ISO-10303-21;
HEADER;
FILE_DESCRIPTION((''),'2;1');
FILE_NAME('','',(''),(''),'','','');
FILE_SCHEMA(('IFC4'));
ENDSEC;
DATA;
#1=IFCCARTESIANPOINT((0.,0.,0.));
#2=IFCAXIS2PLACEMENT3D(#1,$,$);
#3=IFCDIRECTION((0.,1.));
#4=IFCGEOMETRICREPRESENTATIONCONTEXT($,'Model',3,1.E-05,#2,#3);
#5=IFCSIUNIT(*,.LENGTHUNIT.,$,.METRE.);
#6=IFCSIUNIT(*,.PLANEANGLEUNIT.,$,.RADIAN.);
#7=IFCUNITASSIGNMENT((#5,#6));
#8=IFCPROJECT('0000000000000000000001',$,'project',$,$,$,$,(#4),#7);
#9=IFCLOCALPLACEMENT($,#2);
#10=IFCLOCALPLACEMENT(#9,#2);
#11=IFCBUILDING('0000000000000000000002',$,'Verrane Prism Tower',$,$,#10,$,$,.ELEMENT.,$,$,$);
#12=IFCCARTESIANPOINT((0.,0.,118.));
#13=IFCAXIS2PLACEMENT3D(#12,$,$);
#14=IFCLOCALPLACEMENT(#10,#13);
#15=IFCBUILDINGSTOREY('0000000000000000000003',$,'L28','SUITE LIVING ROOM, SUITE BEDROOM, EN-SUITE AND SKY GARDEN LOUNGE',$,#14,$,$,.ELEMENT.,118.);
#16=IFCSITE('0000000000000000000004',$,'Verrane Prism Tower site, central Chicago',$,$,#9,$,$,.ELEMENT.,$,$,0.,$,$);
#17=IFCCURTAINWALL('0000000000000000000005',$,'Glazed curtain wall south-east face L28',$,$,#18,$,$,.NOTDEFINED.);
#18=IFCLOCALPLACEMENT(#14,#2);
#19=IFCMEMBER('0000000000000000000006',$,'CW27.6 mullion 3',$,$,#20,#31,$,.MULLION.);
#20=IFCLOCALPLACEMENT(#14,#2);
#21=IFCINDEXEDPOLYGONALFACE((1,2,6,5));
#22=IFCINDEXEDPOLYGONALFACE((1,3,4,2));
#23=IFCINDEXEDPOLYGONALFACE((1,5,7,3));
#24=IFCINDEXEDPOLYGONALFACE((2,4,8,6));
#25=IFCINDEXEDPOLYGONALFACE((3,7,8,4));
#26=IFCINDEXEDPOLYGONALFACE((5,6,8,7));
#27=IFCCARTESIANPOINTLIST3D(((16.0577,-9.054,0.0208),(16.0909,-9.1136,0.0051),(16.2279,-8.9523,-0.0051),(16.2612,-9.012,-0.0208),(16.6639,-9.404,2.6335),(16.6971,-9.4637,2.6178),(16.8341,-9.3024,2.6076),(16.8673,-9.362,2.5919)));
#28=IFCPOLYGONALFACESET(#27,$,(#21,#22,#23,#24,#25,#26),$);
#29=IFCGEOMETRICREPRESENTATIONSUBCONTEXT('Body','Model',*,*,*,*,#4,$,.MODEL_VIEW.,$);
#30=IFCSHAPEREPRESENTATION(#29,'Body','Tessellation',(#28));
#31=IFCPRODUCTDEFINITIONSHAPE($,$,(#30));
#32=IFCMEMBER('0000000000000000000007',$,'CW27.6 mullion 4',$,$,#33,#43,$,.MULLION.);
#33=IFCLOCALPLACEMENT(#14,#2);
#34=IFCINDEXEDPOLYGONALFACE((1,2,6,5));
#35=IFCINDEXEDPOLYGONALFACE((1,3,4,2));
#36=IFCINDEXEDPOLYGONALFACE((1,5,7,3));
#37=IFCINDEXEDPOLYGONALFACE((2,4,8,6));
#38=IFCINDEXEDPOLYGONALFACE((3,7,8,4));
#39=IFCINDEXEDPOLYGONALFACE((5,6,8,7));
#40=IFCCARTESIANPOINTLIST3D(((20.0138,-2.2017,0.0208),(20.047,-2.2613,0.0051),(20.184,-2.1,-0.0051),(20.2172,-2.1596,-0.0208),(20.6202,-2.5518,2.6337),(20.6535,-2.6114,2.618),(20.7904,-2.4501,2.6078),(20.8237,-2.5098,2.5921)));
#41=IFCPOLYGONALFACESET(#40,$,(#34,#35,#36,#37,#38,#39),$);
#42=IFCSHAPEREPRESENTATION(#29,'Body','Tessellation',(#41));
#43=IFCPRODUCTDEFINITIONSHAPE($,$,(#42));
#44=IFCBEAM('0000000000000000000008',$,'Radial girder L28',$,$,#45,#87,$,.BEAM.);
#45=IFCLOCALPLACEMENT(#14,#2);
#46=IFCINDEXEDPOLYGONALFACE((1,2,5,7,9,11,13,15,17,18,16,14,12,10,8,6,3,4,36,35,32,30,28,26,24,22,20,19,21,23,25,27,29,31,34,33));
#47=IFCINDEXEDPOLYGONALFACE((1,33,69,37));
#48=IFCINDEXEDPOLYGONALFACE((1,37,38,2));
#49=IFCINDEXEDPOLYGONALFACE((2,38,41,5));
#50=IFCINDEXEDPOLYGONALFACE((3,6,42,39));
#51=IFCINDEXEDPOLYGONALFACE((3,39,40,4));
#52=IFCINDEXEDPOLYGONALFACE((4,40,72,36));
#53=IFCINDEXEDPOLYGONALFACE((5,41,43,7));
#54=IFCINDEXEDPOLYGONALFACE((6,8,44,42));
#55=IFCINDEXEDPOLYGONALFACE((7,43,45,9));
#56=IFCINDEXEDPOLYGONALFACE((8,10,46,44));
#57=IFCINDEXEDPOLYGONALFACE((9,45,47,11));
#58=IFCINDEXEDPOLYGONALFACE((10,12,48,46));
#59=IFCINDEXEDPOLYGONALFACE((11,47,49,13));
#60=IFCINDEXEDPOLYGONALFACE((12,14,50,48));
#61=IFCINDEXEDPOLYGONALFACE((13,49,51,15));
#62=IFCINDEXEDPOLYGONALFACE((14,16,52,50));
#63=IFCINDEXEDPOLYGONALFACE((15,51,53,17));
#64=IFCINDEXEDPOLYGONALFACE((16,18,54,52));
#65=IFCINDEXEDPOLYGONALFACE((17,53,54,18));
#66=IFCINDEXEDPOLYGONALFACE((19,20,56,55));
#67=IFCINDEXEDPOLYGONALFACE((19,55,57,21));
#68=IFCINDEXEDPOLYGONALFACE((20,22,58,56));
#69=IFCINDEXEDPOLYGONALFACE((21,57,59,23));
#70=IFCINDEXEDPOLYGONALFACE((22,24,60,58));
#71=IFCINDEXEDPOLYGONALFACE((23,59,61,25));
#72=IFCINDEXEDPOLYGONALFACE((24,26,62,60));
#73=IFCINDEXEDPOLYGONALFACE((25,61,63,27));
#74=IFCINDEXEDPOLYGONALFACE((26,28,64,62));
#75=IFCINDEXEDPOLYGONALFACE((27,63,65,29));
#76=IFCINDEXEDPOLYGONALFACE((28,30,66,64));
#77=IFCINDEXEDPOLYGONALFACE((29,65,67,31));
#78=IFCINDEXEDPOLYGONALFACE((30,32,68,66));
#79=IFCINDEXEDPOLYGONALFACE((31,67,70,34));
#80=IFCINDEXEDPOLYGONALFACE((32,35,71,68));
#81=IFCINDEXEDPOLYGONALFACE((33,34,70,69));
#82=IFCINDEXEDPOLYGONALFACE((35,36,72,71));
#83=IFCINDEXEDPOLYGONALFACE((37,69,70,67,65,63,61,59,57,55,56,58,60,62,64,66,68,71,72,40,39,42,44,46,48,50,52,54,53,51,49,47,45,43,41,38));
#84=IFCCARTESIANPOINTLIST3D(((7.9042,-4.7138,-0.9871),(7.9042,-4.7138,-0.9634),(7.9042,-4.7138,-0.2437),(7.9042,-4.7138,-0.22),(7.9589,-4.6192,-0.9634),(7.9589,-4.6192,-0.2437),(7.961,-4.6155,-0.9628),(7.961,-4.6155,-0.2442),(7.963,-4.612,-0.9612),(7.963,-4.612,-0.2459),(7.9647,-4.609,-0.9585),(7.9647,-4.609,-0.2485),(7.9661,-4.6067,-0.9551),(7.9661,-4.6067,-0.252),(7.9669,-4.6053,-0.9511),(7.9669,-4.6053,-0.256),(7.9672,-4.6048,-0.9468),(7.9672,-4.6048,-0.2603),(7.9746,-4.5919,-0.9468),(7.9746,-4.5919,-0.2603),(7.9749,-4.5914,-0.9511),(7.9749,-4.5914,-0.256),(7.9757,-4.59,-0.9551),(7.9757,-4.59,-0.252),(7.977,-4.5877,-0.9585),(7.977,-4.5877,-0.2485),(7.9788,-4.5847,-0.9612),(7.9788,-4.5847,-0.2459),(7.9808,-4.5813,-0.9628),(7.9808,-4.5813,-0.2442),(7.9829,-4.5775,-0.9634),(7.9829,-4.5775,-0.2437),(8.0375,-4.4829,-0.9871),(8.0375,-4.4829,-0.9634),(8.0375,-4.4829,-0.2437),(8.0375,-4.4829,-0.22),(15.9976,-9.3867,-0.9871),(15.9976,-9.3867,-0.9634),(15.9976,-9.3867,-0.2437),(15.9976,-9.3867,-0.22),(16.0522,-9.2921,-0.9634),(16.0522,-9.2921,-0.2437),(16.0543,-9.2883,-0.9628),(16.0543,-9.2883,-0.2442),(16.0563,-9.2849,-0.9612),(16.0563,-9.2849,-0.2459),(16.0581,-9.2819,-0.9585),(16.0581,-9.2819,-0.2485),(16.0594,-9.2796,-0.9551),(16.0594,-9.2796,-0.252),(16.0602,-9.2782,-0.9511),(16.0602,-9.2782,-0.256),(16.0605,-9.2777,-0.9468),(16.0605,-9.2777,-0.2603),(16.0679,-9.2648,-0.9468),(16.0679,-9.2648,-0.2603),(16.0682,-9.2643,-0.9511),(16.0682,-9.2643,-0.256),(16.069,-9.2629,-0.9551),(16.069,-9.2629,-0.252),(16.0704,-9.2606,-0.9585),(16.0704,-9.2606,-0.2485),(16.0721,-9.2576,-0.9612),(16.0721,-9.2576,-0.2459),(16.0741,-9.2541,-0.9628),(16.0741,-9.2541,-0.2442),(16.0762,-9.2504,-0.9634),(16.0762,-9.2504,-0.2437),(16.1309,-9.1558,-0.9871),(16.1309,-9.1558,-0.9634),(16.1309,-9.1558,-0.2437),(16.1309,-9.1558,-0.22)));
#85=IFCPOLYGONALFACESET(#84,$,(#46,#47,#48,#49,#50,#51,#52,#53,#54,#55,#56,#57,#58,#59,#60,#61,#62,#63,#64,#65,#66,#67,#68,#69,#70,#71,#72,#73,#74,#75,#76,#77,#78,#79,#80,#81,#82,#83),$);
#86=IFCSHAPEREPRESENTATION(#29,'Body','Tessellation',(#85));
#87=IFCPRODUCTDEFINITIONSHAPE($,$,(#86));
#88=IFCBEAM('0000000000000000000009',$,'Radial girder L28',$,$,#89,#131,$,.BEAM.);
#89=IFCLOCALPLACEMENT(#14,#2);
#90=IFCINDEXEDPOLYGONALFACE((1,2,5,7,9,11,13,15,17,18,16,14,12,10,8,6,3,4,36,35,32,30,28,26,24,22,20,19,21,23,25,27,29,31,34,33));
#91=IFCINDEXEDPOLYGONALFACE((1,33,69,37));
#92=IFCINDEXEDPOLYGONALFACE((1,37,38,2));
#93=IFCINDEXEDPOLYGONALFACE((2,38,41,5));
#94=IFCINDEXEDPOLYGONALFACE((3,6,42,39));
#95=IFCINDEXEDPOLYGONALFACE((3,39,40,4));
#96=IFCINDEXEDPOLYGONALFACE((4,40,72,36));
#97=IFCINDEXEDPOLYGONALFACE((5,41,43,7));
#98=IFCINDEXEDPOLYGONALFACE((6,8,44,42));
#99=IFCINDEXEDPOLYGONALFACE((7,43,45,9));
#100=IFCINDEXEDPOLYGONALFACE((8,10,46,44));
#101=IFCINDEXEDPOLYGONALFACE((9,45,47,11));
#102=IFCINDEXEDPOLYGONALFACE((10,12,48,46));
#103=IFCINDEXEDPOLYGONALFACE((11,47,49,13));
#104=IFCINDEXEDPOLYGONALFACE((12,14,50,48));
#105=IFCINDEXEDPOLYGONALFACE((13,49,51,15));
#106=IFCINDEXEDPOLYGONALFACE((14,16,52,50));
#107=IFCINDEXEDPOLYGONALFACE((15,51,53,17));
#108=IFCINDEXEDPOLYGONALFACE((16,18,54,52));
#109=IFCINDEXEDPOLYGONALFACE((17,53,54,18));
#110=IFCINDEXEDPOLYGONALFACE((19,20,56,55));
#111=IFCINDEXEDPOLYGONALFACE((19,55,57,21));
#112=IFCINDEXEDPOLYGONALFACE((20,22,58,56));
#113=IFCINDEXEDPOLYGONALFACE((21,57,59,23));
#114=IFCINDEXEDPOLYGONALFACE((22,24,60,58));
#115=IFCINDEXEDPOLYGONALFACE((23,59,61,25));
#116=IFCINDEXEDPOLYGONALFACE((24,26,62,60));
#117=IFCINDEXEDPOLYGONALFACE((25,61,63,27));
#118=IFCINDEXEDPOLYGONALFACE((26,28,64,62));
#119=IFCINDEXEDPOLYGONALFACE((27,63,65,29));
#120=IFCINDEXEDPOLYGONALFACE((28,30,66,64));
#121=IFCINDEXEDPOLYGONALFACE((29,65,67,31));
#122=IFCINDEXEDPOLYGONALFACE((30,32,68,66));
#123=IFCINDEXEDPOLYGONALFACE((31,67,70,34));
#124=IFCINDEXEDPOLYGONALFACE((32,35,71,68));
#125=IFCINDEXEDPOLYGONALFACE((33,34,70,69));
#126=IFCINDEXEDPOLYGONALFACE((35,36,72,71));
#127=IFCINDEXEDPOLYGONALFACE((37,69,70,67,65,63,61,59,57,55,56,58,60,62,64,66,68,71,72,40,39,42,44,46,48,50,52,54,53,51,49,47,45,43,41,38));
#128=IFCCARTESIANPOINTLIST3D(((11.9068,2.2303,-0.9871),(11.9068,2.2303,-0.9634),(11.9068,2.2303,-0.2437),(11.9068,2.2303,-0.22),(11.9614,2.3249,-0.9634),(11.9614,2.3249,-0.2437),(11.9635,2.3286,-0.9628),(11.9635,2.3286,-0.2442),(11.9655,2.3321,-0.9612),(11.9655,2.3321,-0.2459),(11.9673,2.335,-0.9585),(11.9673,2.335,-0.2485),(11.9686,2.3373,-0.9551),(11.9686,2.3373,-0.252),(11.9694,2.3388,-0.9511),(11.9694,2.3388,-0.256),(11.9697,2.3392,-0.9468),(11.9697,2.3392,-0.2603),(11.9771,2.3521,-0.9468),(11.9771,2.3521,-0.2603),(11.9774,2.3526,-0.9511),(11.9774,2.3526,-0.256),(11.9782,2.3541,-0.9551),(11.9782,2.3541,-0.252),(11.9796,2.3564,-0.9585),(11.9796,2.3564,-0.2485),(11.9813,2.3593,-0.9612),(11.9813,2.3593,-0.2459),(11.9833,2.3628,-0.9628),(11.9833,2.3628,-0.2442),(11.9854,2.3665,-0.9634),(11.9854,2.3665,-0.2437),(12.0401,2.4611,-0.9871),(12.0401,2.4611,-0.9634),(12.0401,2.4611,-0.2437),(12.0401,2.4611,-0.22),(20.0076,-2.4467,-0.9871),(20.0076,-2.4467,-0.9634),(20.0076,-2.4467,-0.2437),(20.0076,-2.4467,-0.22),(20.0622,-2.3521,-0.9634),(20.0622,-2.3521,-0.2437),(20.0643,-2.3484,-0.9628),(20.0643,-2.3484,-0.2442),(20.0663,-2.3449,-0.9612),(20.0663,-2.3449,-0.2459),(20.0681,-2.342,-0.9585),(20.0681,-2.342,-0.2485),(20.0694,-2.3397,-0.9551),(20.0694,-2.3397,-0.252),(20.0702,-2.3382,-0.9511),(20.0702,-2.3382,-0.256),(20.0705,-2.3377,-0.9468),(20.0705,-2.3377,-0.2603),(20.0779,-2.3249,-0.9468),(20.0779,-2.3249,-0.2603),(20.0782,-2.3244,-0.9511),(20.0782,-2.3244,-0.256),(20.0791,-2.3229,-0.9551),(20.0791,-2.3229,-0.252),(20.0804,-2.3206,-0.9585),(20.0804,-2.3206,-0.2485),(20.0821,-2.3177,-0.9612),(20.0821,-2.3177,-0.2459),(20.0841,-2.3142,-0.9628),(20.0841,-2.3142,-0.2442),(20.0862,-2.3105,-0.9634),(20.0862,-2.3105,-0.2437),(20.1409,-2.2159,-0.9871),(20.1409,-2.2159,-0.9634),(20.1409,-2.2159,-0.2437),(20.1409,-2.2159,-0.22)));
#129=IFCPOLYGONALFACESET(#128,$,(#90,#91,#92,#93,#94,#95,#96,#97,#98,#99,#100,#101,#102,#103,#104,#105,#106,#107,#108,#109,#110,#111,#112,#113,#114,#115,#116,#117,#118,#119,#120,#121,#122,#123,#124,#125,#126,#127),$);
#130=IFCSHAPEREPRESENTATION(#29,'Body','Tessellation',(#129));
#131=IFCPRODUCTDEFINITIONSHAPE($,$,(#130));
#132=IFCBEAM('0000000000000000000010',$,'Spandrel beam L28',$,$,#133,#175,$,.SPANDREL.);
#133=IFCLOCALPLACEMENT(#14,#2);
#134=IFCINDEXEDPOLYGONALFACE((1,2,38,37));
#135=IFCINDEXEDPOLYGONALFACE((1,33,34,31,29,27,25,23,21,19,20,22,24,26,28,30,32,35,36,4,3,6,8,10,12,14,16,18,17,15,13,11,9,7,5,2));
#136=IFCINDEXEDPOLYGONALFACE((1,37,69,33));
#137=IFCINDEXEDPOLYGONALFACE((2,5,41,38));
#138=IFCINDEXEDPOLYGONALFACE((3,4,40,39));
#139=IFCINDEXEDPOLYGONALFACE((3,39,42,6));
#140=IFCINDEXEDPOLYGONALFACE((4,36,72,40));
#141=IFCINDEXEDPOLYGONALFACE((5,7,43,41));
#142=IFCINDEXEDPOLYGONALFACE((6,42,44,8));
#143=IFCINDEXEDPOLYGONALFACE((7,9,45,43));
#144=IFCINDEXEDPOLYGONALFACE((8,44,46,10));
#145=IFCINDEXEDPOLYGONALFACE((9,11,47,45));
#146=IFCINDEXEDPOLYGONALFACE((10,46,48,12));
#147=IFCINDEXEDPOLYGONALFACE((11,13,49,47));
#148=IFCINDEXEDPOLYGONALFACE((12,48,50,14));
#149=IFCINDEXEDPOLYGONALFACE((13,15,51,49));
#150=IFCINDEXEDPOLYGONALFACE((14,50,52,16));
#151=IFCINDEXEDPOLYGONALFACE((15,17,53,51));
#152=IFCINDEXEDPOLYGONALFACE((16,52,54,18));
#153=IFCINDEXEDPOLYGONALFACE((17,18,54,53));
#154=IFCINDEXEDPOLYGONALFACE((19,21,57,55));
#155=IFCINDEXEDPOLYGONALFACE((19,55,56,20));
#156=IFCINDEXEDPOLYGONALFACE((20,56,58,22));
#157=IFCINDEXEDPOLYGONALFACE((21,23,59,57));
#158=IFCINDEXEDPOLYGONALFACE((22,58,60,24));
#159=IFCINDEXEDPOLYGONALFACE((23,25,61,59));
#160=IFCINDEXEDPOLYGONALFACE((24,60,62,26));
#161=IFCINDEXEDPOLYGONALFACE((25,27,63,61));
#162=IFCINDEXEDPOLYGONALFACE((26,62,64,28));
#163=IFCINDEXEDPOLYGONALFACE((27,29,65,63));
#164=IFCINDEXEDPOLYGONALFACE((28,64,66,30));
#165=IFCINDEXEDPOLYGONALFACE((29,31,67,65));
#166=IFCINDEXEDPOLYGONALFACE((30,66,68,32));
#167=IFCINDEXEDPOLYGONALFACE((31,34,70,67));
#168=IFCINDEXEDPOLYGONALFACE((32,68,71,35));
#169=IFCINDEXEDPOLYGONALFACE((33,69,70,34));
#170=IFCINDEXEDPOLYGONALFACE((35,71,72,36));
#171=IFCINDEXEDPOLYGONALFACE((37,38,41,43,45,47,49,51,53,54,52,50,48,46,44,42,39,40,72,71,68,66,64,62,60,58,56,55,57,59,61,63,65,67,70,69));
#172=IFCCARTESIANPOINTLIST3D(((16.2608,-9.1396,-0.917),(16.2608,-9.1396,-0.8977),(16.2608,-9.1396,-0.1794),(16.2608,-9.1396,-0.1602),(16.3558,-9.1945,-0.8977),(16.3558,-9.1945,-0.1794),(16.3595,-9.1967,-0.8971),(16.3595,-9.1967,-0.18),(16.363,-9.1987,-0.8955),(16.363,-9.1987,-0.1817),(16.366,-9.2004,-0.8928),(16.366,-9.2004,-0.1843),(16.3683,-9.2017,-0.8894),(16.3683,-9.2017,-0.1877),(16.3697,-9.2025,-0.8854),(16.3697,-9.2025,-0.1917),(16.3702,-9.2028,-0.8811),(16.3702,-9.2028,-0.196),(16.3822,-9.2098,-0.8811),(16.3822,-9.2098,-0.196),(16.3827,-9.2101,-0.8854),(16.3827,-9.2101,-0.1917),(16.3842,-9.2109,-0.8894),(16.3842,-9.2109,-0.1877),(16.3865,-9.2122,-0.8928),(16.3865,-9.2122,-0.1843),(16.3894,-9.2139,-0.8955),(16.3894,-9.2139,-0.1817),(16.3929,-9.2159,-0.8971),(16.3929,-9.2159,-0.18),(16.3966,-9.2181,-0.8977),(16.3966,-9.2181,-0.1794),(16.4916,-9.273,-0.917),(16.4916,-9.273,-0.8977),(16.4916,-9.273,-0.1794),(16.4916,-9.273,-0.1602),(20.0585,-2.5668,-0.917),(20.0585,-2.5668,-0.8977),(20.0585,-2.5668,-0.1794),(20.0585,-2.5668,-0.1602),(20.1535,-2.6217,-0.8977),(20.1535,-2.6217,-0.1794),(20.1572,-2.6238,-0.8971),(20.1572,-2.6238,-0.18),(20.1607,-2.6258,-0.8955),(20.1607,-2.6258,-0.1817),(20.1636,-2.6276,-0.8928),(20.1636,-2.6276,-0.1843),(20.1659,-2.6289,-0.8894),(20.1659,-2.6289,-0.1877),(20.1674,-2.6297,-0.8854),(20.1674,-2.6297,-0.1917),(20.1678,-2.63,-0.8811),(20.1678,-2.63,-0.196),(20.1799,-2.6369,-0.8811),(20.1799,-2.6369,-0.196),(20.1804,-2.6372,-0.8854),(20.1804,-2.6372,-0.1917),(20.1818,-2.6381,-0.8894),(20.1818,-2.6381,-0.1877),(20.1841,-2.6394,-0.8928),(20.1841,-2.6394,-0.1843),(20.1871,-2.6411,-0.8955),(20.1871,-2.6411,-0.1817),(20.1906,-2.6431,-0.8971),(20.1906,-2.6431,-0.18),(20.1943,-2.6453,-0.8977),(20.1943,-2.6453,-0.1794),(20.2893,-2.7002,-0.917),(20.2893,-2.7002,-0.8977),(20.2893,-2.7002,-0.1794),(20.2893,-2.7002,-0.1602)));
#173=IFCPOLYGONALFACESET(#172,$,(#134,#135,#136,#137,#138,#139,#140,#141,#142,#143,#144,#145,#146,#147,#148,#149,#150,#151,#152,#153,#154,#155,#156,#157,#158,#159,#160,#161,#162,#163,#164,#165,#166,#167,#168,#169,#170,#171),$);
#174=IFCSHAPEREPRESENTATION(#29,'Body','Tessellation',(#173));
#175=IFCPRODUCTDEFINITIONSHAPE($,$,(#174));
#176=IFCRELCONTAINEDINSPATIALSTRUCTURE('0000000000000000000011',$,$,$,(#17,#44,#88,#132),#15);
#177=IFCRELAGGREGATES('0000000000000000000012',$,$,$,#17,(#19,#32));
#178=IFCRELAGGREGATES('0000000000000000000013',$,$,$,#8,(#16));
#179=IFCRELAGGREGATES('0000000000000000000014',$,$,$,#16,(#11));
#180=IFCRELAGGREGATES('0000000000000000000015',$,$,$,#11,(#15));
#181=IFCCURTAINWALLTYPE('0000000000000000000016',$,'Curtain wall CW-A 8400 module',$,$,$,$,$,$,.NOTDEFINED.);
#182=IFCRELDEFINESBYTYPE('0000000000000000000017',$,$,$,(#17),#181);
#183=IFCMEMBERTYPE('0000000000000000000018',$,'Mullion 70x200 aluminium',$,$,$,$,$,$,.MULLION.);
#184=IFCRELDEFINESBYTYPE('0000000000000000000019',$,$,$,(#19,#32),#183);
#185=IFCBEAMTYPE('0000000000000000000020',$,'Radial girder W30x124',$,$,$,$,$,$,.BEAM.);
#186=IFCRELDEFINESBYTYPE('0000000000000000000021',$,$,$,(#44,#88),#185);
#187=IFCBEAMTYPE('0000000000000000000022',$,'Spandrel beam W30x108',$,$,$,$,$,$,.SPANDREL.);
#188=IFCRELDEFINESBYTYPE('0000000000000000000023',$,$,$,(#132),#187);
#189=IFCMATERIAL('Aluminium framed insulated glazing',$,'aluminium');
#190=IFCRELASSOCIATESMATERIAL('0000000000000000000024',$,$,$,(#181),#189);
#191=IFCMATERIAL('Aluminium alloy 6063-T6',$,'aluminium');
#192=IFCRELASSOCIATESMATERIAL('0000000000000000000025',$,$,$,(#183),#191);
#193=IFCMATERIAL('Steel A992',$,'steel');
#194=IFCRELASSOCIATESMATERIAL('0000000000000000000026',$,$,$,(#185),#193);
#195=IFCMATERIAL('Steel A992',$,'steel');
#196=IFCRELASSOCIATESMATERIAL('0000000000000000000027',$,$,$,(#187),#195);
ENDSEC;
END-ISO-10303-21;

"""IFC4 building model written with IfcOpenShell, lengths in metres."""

from ifc_helpers import new_model, si_unit, direction, frame, origin, origin_2d, place, context, subcontext, project, spatial, rectangle, i_section, extrude, material, material_profile, profile_set, type_object, element, aggregate, save


model = new_model("IFC4")

# Units and contexts
model_context = context("Model", 3, precision=1e-05, world=origin(), true_north=direction((0.0, 1.0)))
body_context = subcontext(model_context, "Body", "Model", "MODEL_VIEW")
ifc_project = project(units=[si_unit("LENGTHUNIT", "METRE"), si_unit("PLANEANGLEUNIT", "RADIAN")], contexts=[model_context])

# Site, building, storey
site_placement = place(None, origin())
site = spatial("IfcSite", under=ifc_project, at=site_placement, Name="Verrane Prism Tower site, central Chicago", CompositionType="ELEMENT", RefElevation=0.0)
building_placement = place(site_placement, origin())
building = spatial("IfcBuilding", under=site, at=building_placement, Name="Verrane Prism Tower", CompositionType="ELEMENT")
storey_placement = place(building_placement, frame((0.0, 0.0, 118.0)))
storey = spatial("IfcBuildingStorey", under=building, at=storey_placement, Name="L28", Description="SUITE LIVING ROOM, SUITE BEDROOM, EN-SUITE AND SKY GARDEN LOUNGE", CompositionType="ELEMENT", Elevation=118.0)

# Curtain wall, members
ifc_material_1 = material(Name="Aluminium framed insulated glazing", Category="aluminium")
curtain_wall_type = type_object("IfcCurtainWallType", Name="Curtain wall CW-A 8400 module", PredefinedType="NOTDEFINED", material=ifc_material_1)
curtain_wall_placement = place(storey_placement, origin())
curtain_wall = element("IfcCurtainWall", 1, at=curtain_wall_placement, inside=storey, type_object=curtain_wall_type, Name="Glazed curtain wall south-east face L28", PredefinedType="NOTDEFINED")
ifc_material_2 = material(Name="Aluminium alloy 6063-T6", Category="aluminium")
ifc_material_profile_1 = material_profile(ifc_material_2, rectangle(XDim=0.2, YDim=0.0701, at=origin_2d()), Name="Mullion 70x200 aluminium")
ifc_profile_set_1 = profile_set([ifc_material_profile_1], Name="Aluminium alloy 6063-T6")
member_type_1 = type_object("IfcMemberType", Name="Mullion 70x200 aluminium", PredefinedType="MULLION", material=ifc_profile_set_1)
member_1_placement = place(storey_placement, frame((16.1594, -9.033, 0.0), z_axis=(0.224108, -0.129429, 0.965931), x_axis=(-0.85134, -0.508405, 0.129399)))
member_1 = element("IfcMember", 2, at=member_1_placement, type_object=member_type_1, Name="CW27.6 mullion 3", PredefinedType="MULLION", context=body_context, shape_type="SweptSolid", body=[
    extrude(rectangle(XDim=0.2, YDim=0.0701, at=origin_2d()), origin(), (0.0, 0.0, 1.0), 2.7048),
])
member_2_placement = place(storey_placement, frame((20.1155, -2.1807, 0.0), z_axis=(0.224194, -0.129426, 0.965912), x_axis=(-0.851243, -0.508559, 0.129435)))
member_2 = element("IfcMember", 3, at=member_2_placement, type_object=member_type_1, Name="CW27.6 mullion 4", PredefinedType="MULLION", context=body_context, shape_type="SweptSolid", body=[
    extrude(rectangle(XDim=0.2, YDim=0.0701, at=origin_2d()), origin(), (0.0, 0.0, 1.0), 2.7051),
])

# Beams
ifc_material_3 = material(Name="Steel A992", Category="steel")
ifc_material_profile_2 = material_profile(ifc_material_3, i_section(OverallWidth=0.2666, OverallDepth=0.7671, WebThickness=0.0149, FlangeThickness=0.0237, FilletRadius=0.0166, at=origin_2d()), Name="W30x124")
ifc_profile_set_2 = profile_set([ifc_material_profile_2], Name="Steel A992")
beam_type_1 = type_object("IfcBeamType", Name="Radial girder W30x124", PredefinedType="BEAM", material=ifc_profile_set_2)
beam_1_placement = place(storey_placement, frame((16.0642, -9.2712, -0.6035), z_axis=(-0.866016, 0.500016, 0.0), x_axis=(-0.500016, -0.866016, 0.0)))
element("IfcBeam", 4, at=beam_1_placement, inside=storey, type_object=beam_type_1, Name="Radial girder L28", PredefinedType="BEAM", context=body_context, shape_type="SweptSolid", body=[
    extrude(i_section(OverallWidth=0.2666, OverallDepth=0.7671, WebThickness=0.0149, FlangeThickness=0.0237, FilletRadius=0.0166, at=origin_2d()), origin(), (0.0, 0.0, 1.0), 9.3455),
])
beam_2_placement = place(storey_placement, frame((20.0742, -2.3313, -0.6035), z_axis=(-0.866026, 0.499999, 0.0), x_axis=(-0.499999, -0.866026, 0.0)))
element("IfcBeam", 5, at=beam_2_placement, inside=storey, type_object=beam_type_1, Name="Radial girder L28", PredefinedType="BEAM", context=body_context, shape_type="SweptSolid", body=[
    extrude(i_section(OverallWidth=0.2666, OverallDepth=0.7671, WebThickness=0.0149, FlangeThickness=0.0237, FilletRadius=0.0166, at=origin_2d()), origin(), (0.0, 0.0, 1.0), 9.354),
])
ifc_material_4 = material(Name="Steel A992", Category="steel")
ifc_material_profile_3 = material_profile(ifc_material_4, i_section(OverallWidth=0.2666, OverallDepth=0.7568, WebThickness=0.0139, FlangeThickness=0.0193, FilletRadius=0.0166, at=origin_2d()), Name="W30x108")
ifc_profile_set_3 = profile_set([ifc_material_profile_3], Name="Steel A992")
beam_type_2 = type_object("IfcBeamType", Name="Spandrel beam W30x108", PredefinedType="SPANDREL", material=ifc_profile_set_3)
beam_3_placement = place(storey_placement, frame((16.3762, -9.2063, -0.5386), z_axis=(0.500279, 0.865864, 0.0), x_axis=(-0.865864, 0.500279, 0.0)))
element("IfcBeam", 6, at=beam_3_placement, inside=storey, type_object=beam_type_2, Name="Spandrel beam L28", PredefinedType="SPANDREL", context=body_context, shape_type="SweptSolid", body=[
    extrude(i_section(OverallWidth=0.2666, OverallDepth=0.7568, WebThickness=0.0139, FlangeThickness=0.0193, FilletRadius=0.0166, at=origin_2d()), origin(), (0.0, 0.0, 1.0), 7.5911),
])

aggregate(curtain_wall, [member_1, member_2])

save(model, "model.ifc")
